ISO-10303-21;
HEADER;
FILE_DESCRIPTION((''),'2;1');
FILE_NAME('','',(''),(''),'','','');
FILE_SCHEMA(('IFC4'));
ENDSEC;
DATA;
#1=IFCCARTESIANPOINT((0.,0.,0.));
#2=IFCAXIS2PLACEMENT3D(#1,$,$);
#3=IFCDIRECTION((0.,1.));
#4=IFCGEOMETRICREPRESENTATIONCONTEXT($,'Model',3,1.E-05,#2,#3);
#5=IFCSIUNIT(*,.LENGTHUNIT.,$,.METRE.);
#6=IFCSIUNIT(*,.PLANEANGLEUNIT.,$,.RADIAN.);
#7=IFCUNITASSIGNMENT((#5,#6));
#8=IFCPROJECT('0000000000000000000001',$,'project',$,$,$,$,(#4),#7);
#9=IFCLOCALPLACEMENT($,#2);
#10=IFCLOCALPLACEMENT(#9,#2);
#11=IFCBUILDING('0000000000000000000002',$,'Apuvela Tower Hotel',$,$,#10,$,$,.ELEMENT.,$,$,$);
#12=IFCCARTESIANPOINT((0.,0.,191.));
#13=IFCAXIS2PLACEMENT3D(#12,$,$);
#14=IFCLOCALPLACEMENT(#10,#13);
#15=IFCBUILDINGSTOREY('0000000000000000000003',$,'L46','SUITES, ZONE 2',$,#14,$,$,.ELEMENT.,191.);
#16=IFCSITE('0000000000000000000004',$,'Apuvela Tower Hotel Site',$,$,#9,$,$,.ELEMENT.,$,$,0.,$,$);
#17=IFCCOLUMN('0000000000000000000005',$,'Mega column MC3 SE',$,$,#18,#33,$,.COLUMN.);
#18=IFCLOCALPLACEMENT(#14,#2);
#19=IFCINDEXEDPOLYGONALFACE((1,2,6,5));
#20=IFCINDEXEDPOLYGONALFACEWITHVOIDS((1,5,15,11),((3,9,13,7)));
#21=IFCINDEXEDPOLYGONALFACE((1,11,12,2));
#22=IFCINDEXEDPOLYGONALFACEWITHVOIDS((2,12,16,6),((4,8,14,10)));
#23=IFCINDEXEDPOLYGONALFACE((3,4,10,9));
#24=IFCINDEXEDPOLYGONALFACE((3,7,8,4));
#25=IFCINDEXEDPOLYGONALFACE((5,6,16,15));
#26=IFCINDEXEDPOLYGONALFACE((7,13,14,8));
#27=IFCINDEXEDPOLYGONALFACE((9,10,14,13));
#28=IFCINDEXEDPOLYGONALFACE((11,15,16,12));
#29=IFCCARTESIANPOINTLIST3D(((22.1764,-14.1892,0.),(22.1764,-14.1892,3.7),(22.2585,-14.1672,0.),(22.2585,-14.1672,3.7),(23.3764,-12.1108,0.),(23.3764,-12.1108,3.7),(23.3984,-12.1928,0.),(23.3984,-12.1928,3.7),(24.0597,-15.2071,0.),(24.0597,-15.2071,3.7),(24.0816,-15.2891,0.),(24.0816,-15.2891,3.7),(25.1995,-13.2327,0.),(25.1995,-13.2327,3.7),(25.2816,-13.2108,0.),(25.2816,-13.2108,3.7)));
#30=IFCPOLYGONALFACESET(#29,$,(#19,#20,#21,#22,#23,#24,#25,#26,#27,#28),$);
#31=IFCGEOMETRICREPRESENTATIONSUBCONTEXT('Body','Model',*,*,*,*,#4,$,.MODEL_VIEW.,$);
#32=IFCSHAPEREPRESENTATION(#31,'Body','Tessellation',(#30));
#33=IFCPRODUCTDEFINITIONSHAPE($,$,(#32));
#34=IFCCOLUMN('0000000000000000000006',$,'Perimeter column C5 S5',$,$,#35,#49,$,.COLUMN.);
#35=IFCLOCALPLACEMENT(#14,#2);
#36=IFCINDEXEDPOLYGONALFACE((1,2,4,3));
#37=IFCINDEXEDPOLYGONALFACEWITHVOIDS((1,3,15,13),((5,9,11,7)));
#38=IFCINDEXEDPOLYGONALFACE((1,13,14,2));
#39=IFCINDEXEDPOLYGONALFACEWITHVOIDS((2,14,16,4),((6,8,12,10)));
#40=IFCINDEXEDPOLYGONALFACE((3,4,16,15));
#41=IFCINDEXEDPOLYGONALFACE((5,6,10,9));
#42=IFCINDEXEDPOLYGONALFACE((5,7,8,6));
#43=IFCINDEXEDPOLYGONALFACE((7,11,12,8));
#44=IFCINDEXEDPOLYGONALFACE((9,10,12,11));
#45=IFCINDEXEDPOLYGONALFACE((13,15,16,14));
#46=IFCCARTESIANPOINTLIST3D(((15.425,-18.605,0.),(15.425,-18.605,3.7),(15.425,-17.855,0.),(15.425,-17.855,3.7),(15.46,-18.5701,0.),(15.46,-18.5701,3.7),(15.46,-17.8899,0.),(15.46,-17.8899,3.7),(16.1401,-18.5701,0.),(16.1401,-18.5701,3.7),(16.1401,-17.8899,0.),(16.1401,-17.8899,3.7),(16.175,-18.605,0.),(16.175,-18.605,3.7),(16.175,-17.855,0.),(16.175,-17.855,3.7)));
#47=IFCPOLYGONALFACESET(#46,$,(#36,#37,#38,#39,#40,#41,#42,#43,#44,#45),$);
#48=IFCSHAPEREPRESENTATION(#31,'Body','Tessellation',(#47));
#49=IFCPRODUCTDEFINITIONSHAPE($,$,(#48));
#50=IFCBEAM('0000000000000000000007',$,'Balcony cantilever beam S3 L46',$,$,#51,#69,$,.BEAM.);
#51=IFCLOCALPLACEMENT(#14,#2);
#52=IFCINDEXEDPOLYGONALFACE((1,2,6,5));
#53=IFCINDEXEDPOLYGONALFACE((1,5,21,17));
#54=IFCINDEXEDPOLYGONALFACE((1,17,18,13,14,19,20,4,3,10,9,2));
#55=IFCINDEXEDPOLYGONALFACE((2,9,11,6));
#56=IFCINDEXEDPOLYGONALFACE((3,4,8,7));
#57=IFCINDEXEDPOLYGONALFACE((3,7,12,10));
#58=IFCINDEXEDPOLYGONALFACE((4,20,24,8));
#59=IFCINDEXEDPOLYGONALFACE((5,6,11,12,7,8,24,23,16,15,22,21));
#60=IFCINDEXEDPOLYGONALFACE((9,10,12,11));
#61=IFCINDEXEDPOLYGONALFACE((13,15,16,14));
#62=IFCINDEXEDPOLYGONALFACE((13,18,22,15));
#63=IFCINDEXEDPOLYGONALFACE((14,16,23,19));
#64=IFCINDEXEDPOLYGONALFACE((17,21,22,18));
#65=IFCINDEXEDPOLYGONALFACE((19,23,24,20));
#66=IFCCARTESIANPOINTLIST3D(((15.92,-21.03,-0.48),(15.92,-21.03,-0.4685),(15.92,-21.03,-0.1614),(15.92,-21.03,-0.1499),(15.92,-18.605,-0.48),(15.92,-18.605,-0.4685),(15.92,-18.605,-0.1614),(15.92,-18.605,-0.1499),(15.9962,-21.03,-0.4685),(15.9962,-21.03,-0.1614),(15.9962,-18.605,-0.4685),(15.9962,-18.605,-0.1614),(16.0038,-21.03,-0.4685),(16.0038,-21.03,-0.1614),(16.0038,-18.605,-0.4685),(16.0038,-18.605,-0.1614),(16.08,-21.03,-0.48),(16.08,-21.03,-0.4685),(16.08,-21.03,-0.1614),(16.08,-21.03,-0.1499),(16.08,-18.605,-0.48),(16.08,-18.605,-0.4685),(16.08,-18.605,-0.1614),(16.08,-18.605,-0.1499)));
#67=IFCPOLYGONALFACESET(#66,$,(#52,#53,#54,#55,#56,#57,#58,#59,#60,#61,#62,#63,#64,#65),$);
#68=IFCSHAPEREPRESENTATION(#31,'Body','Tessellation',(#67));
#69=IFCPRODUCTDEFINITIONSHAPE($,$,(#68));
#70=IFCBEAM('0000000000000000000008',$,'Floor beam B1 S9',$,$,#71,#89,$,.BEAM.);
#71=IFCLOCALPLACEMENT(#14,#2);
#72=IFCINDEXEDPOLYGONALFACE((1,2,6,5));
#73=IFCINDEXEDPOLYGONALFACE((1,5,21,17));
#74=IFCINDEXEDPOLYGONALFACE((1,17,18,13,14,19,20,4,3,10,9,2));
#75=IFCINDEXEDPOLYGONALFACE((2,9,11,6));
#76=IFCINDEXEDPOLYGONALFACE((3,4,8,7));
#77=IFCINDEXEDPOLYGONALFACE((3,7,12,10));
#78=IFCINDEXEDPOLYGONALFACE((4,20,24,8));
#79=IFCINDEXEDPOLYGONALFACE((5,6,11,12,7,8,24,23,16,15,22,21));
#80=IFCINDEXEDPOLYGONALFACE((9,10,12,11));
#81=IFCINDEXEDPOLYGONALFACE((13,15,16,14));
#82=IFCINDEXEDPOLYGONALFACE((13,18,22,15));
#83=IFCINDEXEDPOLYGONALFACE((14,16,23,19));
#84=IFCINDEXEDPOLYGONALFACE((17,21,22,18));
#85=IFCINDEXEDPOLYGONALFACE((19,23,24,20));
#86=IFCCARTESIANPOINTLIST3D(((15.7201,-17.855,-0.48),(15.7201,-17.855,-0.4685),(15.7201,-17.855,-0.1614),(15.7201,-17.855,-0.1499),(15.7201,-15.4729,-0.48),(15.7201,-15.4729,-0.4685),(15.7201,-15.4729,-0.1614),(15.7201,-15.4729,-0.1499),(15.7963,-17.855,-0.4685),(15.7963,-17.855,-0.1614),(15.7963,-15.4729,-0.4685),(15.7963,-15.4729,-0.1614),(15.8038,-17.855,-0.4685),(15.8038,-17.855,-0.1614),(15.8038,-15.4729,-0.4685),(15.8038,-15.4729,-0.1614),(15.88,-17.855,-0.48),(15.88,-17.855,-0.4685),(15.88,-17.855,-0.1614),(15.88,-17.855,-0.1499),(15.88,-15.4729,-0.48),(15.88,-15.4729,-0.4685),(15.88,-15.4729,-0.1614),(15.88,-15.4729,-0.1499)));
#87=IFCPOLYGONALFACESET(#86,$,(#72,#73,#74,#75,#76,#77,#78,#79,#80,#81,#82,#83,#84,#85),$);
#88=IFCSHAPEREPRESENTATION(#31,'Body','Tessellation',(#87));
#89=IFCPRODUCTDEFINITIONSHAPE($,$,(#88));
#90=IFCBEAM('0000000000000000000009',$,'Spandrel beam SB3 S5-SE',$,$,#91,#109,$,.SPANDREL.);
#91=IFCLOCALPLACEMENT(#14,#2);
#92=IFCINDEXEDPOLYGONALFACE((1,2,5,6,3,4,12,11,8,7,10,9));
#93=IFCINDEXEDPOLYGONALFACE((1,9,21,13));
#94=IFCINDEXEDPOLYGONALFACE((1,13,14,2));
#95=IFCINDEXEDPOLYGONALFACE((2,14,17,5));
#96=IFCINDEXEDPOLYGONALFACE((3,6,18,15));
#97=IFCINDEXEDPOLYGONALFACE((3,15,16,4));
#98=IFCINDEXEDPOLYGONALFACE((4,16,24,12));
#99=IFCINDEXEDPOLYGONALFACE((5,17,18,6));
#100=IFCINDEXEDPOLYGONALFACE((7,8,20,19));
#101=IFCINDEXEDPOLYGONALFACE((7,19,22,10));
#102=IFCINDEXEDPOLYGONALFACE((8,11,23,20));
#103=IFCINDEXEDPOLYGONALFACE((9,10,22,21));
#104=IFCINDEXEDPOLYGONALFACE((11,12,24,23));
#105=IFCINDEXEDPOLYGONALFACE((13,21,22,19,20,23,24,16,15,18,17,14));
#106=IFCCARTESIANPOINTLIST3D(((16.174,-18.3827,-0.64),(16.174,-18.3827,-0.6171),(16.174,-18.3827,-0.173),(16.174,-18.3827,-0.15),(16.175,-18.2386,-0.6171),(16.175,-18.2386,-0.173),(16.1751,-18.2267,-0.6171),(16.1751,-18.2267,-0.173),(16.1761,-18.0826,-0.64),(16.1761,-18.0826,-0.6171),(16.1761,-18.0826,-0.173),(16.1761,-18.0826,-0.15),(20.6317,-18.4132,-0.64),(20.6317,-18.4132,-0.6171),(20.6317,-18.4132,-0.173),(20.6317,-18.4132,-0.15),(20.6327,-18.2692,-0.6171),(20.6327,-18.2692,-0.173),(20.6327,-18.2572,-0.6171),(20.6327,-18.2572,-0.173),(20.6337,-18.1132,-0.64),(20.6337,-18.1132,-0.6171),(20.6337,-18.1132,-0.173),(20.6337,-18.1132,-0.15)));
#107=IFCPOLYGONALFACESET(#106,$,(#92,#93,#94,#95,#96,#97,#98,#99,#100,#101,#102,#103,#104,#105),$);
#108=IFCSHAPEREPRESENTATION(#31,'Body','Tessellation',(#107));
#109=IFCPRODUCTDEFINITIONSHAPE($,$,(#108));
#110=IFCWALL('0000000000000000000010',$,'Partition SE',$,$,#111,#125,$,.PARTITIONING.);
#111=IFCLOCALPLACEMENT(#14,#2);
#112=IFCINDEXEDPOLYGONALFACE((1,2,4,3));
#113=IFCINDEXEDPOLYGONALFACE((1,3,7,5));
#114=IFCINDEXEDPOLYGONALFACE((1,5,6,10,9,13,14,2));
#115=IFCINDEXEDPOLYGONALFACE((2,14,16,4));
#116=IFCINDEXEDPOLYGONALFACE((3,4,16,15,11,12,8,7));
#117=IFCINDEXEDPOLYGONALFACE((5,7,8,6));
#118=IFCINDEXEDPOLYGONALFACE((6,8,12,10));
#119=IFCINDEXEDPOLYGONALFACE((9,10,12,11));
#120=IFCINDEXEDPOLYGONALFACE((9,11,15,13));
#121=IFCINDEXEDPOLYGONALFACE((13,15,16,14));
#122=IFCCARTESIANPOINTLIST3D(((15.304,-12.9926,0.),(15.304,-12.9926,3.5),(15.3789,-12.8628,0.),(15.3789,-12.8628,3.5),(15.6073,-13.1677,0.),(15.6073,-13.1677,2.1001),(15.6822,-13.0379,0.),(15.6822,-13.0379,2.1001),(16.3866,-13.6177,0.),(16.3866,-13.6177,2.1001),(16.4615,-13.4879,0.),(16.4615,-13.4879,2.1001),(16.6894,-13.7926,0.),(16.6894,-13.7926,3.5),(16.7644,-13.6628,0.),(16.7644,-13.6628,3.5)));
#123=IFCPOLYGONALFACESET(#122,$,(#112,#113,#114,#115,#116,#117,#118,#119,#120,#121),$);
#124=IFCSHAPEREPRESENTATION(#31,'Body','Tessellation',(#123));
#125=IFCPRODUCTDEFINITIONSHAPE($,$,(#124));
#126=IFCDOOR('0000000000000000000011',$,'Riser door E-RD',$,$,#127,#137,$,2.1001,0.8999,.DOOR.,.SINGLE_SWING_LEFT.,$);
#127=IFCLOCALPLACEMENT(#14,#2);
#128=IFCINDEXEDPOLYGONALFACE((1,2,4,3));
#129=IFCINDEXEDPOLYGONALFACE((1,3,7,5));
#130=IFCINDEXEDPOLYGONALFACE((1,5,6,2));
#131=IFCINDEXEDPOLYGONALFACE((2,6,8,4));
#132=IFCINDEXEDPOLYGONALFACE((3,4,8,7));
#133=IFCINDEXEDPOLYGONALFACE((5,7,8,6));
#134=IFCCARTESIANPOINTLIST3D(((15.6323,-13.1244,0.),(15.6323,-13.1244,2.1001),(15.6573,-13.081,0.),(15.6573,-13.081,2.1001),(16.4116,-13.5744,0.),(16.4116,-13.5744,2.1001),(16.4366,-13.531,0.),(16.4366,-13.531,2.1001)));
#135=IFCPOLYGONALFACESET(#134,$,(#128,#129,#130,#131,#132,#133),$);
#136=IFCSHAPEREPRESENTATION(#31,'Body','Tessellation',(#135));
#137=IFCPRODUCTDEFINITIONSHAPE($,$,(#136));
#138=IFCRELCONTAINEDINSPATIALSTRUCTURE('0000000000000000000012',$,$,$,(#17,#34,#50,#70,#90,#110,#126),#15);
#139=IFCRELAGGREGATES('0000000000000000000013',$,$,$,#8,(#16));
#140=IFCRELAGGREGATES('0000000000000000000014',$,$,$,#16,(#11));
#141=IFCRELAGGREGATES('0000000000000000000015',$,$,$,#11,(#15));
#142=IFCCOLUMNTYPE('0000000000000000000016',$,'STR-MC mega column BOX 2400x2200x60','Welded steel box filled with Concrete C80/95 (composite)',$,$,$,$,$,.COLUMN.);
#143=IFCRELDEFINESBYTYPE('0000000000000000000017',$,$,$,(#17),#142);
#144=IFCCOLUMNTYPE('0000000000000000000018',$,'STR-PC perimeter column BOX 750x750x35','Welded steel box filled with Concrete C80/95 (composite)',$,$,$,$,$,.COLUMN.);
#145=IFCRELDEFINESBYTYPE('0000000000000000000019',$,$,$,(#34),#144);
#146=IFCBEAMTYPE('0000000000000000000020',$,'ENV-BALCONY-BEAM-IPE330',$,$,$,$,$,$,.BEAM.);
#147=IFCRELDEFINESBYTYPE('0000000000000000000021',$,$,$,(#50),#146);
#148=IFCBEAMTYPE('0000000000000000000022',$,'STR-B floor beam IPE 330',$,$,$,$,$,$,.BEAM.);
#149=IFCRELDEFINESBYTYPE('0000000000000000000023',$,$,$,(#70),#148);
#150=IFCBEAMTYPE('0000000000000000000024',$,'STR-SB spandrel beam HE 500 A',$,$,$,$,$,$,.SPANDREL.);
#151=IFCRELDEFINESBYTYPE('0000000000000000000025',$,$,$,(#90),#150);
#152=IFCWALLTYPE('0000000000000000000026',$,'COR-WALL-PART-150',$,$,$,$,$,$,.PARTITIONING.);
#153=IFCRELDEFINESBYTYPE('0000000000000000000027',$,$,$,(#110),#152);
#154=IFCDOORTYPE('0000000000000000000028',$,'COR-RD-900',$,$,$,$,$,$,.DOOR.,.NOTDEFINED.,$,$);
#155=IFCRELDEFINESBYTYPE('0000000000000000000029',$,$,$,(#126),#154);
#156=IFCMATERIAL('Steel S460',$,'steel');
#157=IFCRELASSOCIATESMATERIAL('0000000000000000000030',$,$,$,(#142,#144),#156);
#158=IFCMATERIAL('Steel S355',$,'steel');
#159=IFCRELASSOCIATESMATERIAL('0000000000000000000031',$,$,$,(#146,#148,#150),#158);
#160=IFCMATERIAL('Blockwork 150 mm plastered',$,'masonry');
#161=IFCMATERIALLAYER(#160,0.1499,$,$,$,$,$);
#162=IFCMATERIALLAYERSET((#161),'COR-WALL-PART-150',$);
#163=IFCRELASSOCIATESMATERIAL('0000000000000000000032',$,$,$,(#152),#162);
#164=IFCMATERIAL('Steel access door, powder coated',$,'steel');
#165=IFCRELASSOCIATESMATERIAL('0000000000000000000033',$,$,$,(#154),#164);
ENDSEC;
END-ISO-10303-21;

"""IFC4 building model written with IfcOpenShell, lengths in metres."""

from ifc_helpers import new_model, si_unit, direction, frame, frame_2d, origin, origin_2d, place, context, subcontext, project, spatial, rectangle, hollow_rectangle, i_section, extrude, material, layer, layer_set, material_profile, profile_set, type_object, element, fill, save


model = new_model("IFC4")

# Units and contexts
model_context = context("Model", 3, precision=1e-05, world=origin(), true_north=direction((0.0, 1.0)))
body_context = subcontext(model_context, "Body", "Model", "MODEL_VIEW")
ifc_project = project(units=[si_unit("LENGTHUNIT", "METRE"), si_unit("PLANEANGLEUNIT", "RADIAN")], contexts=[model_context])

# Site, building, storey
site_placement = place(None, origin())
site = spatial("IfcSite", under=ifc_project, at=site_placement, Name="Apuvela Tower Hotel Site", CompositionType="ELEMENT", RefElevation=0.0)
building_placement = place(site_placement, origin())
building = spatial("IfcBuilding", under=site, at=building_placement, Name="Apuvela Tower Hotel", CompositionType="ELEMENT")
storey_placement = place(building_placement, frame((0.0, 0.0, 191.0)))
storey = spatial("IfcBuildingStorey", under=building, at=storey_placement, Name="L46", Description="SUITES, ZONE 2", CompositionType="ELEMENT", Elevation=191.0)

# Columns
ifc_material_1 = material(Name="Steel S460", Category="steel")
ifc_material_profile_1 = material_profile(ifc_material_1, hollow_rectangle(XDim=2.3999, YDim=2.2, WallThickness=0.0601, at=origin_2d()), Name="BOX 2400x2200x60")
ifc_material_2 = material(Name="Concrete C80/95", Category="concrete")
ifc_material_profile_2 = material_profile(ifc_material_2, rectangle(XDim=2.28, YDim=2.0801, at=origin_2d()), Name="Concrete C80/95 infill")
ifc_profile_set_1 = profile_set([ifc_material_profile_1, ifc_material_profile_2], Name="Steel S460")
column_type_1 = type_object("IfcColumnType", Name="STR-MC mega column BOX 2400x2200x60", Description="Welded steel box filled with Concrete C80/95 (composite)", PredefinedType="COLUMN", material=ifc_profile_set_1)
column_1_placement = place(storey_placement, frame((23.729, -13.7, 0.0), z_axis=(0.0, 0.0, 1.0), x_axis=(0.5, 0.866025, 0.0)))
element("IfcColumn", 1, at=column_1_placement, inside=storey, type_object=column_type_1, Name="Mega column MC3 SE", PredefinedType="COLUMN", context=body_context, shape_type="SweptSolid", body=[
    extrude(hollow_rectangle(XDim=2.3999, YDim=2.2, WallThickness=0.0601, at=origin_2d()), origin(), (0.0, 0.0, 1.0), 3.7),
])
ifc_material_profile_3 = material_profile(ifc_material_1, hollow_rectangle(XDim=0.75, YDim=0.75, WallThickness=0.0349, at=origin_2d()), Name="BOX 750x750x35")
ifc_material_profile_4 = material_profile(ifc_material_2, rectangle(XDim=0.6799, YDim=0.6799, at=origin_2d()), Name="Concrete C80/95 infill")
ifc_profile_set_2 = profile_set([ifc_material_profile_3, ifc_material_profile_4], Name="Steel S460")
column_type_2 = type_object("IfcColumnType", Name="STR-PC perimeter column BOX 750x750x35", Description="Welded steel box filled with Concrete C80/95 (composite)", PredefinedType="COLUMN", material=ifc_profile_set_2)
column_2_placement = place(storey_placement, frame((15.8, -18.23, 0.0), z_axis=(0.0, 0.0, 1.0), x_axis=(-1.0, 0.0, 0.0)))
element("IfcColumn", 2, at=column_2_placement, inside=storey, type_object=column_type_2, Name="Perimeter column C5 S5", PredefinedType="COLUMN", context=body_context, shape_type="SweptSolid", body=[
    extrude(hollow_rectangle(XDim=0.75, YDim=0.75, WallThickness=0.0349, at=origin_2d()), origin(), (0.0, 0.0, 1.0), 3.7),
])

# Beams
ifc_material_3 = material(Name="Steel S355", Category="steel")
ifc_material_profile_5 = material_profile(ifc_material_3, i_section(OverallWidth=0.1599, OverallDepth=0.3301, WebThickness=0.0076, FlangeThickness=0.0115, at=origin_2d()), Name="IPE 330")
ifc_profile_set_3 = profile_set([ifc_material_profile_5], Name="Steel S355")
beam_type_1 = type_object("IfcBeamType", Name="ENV-BALCONY-BEAM-IPE330", PredefinedType="BEAM", material=ifc_profile_set_3)
beam_1_placement = place(storey_placement, frame((16.0, -18.605, -0.3149), z_axis=(0.0, -1.0, 0.0), x_axis=(1.0, 0.0, 0.0)))
element("IfcBeam", 3, at=beam_1_placement, inside=storey, type_object=beam_type_1, Name="Balcony cantilever beam S3 L46", PredefinedType="BEAM", context=body_context, shape_type="SweptSolid", body=[
    extrude(i_section(OverallWidth=0.1599, OverallDepth=0.3301, WebThickness=0.0076, FlangeThickness=0.0115, at=origin_2d()), origin(), (0.0, 0.0, 1.0), 2.425),
])
ifc_material_profile_6 = material_profile(ifc_material_3, i_section(OverallWidth=0.1599, OverallDepth=0.3301, WebThickness=0.0076, FlangeThickness=0.0115, at=origin_2d()), Name="IPE 330")
ifc_profile_set_4 = profile_set([ifc_material_profile_6], Name="Steel S355")
beam_type_2 = type_object("IfcBeamType", Name="STR-B floor beam IPE 330", PredefinedType="BEAM", material=ifc_profile_set_4)
beam_2_placement = place(storey_placement, frame((15.8, -17.855, -0.3149), z_axis=(0.0, 1.0, 0.0), x_axis=(-1.0, 0.0, 0.0)))
element("IfcBeam", 4, at=beam_2_placement, inside=storey, type_object=beam_type_2, Name="Floor beam B1 S9", PredefinedType="BEAM", context=body_context, shape_type="SweptSolid", body=[
    extrude(i_section(OverallWidth=0.1599, OverallDepth=0.3301, WebThickness=0.0076, FlangeThickness=0.0115, at=origin_2d()), origin(), (0.0, 0.0, 1.0), 2.3821),
])
ifc_material_profile_7 = material_profile(ifc_material_3, i_section(OverallWidth=0.3, OverallDepth=0.49, WebThickness=0.012, FlangeThickness=0.0229, at=origin_2d()), Name="HE 500 A")
ifc_profile_set_5 = profile_set([ifc_material_profile_7], Name="Steel S355")
beam_type_3 = type_object("IfcBeamType", Name="STR-SB spandrel beam HE 500 A", PredefinedType="SPANDREL", material=ifc_profile_set_5)
beam_3_placement = place(storey_placement, frame((16.175, -18.2327, -0.395), z_axis=(0.999977, -0.006846, 0.0), x_axis=(0.006846, 0.999977, 0.0)))
element("IfcBeam", 5, at=beam_3_placement, inside=storey, type_object=beam_type_3, Name="Spandrel beam SB3 S5-SE", PredefinedType="SPANDREL", context=body_context, shape_type="SweptSolid", body=[
    extrude(i_section(OverallWidth=0.3, OverallDepth=0.49, WebThickness=0.012, FlangeThickness=0.0229, at=origin_2d()), origin(), (0.0, 0.0, 1.0), 4.4578),
])

# Wall, opening, door
ifc_material_4 = material(Name="Blockwork 150 mm plastered", Category="masonry")
ifc_layer_1 = layer(ifc_material_4, 0.1499)
ifc_layer_set_1 = layer_set([ifc_layer_1], Name="COR-WALL-PART-150")
wall_type_1 = type_object("IfcWallType", Name="COR-WALL-PART-150", PredefinedType="PARTITIONING", material=ifc_layer_set_1)
wall_1_placement = place(storey_placement, frame((15.3416, -12.9277, 0.0), z_axis=(0.0, 0.0, 1.0), x_axis=(0.86599, -0.500061, 0.0)))
wall_1 = element("IfcWall", 6, at=wall_1_placement, inside=storey, type_object=wall_type_1, Name="Partition SE", PredefinedType="PARTITIONING", context=body_context, shape_type="SweptSolid", body=[
    extrude(rectangle(XDim=1.5999, YDim=0.1499, at=frame_2d((0.7998, 0.0))), origin(), (0.0, 0.0, 1.0), 3.5),
])
opening_1_placement = place(wall_1_placement, frame((0.3501, 0.0, 0.0)))
opening_1 = element("IfcOpeningElement", 7, at=opening_1_placement, cuts=wall_1, PredefinedType="OPENING", context=body_context, shape_type="SweptSolid", body=[
    extrude(rectangle(XDim=0.8999, YDim=2.1001, at=frame_2d((0.45, 1.05))), frame((0.0, 0.085, 0.0), z_axis=(0.0, -1.0, 0.0), x_axis=(1.0, 0.0, 0.0)), (0.0, 0.0, 1.0), 0.1699),
])
ifc_material_5 = material(Name="Steel access door, powder coated", Category="steel")
door_type_1 = type_object("IfcDoorType", Name="COR-RD-900", OperationType="NOTDEFINED", PredefinedType="DOOR", material=ifc_material_5)
door_1_placement = place(opening_1_placement, frame((0.8999, 0.0, 0.0), z_axis=(0.0, 0.0, 1.0), x_axis=(-1.0, 0.0, 0.0)))
door_1 = element("IfcDoor", 8, at=door_1_placement, inside=storey, type_object=door_type_1, Name="Riser door E-RD", OperationType="SINGLE_SWING_LEFT", OverallHeight=2.1001, OverallWidth=0.8999, PredefinedType="DOOR", context=body_context, shape_type="SweptSolid", body=[
    extrude(rectangle(XDim=0.8999, YDim=2.1001, at=frame_2d((0.45, 1.05))), frame((0.0, 0.0249, 0.0), z_axis=(0.0, -1.0, 0.0), x_axis=(1.0, 0.0, 0.0)), (0.0, 0.0, 1.0), 0.05),
])
fill(opening_1, door_1)

save(model, "model.ifc")
